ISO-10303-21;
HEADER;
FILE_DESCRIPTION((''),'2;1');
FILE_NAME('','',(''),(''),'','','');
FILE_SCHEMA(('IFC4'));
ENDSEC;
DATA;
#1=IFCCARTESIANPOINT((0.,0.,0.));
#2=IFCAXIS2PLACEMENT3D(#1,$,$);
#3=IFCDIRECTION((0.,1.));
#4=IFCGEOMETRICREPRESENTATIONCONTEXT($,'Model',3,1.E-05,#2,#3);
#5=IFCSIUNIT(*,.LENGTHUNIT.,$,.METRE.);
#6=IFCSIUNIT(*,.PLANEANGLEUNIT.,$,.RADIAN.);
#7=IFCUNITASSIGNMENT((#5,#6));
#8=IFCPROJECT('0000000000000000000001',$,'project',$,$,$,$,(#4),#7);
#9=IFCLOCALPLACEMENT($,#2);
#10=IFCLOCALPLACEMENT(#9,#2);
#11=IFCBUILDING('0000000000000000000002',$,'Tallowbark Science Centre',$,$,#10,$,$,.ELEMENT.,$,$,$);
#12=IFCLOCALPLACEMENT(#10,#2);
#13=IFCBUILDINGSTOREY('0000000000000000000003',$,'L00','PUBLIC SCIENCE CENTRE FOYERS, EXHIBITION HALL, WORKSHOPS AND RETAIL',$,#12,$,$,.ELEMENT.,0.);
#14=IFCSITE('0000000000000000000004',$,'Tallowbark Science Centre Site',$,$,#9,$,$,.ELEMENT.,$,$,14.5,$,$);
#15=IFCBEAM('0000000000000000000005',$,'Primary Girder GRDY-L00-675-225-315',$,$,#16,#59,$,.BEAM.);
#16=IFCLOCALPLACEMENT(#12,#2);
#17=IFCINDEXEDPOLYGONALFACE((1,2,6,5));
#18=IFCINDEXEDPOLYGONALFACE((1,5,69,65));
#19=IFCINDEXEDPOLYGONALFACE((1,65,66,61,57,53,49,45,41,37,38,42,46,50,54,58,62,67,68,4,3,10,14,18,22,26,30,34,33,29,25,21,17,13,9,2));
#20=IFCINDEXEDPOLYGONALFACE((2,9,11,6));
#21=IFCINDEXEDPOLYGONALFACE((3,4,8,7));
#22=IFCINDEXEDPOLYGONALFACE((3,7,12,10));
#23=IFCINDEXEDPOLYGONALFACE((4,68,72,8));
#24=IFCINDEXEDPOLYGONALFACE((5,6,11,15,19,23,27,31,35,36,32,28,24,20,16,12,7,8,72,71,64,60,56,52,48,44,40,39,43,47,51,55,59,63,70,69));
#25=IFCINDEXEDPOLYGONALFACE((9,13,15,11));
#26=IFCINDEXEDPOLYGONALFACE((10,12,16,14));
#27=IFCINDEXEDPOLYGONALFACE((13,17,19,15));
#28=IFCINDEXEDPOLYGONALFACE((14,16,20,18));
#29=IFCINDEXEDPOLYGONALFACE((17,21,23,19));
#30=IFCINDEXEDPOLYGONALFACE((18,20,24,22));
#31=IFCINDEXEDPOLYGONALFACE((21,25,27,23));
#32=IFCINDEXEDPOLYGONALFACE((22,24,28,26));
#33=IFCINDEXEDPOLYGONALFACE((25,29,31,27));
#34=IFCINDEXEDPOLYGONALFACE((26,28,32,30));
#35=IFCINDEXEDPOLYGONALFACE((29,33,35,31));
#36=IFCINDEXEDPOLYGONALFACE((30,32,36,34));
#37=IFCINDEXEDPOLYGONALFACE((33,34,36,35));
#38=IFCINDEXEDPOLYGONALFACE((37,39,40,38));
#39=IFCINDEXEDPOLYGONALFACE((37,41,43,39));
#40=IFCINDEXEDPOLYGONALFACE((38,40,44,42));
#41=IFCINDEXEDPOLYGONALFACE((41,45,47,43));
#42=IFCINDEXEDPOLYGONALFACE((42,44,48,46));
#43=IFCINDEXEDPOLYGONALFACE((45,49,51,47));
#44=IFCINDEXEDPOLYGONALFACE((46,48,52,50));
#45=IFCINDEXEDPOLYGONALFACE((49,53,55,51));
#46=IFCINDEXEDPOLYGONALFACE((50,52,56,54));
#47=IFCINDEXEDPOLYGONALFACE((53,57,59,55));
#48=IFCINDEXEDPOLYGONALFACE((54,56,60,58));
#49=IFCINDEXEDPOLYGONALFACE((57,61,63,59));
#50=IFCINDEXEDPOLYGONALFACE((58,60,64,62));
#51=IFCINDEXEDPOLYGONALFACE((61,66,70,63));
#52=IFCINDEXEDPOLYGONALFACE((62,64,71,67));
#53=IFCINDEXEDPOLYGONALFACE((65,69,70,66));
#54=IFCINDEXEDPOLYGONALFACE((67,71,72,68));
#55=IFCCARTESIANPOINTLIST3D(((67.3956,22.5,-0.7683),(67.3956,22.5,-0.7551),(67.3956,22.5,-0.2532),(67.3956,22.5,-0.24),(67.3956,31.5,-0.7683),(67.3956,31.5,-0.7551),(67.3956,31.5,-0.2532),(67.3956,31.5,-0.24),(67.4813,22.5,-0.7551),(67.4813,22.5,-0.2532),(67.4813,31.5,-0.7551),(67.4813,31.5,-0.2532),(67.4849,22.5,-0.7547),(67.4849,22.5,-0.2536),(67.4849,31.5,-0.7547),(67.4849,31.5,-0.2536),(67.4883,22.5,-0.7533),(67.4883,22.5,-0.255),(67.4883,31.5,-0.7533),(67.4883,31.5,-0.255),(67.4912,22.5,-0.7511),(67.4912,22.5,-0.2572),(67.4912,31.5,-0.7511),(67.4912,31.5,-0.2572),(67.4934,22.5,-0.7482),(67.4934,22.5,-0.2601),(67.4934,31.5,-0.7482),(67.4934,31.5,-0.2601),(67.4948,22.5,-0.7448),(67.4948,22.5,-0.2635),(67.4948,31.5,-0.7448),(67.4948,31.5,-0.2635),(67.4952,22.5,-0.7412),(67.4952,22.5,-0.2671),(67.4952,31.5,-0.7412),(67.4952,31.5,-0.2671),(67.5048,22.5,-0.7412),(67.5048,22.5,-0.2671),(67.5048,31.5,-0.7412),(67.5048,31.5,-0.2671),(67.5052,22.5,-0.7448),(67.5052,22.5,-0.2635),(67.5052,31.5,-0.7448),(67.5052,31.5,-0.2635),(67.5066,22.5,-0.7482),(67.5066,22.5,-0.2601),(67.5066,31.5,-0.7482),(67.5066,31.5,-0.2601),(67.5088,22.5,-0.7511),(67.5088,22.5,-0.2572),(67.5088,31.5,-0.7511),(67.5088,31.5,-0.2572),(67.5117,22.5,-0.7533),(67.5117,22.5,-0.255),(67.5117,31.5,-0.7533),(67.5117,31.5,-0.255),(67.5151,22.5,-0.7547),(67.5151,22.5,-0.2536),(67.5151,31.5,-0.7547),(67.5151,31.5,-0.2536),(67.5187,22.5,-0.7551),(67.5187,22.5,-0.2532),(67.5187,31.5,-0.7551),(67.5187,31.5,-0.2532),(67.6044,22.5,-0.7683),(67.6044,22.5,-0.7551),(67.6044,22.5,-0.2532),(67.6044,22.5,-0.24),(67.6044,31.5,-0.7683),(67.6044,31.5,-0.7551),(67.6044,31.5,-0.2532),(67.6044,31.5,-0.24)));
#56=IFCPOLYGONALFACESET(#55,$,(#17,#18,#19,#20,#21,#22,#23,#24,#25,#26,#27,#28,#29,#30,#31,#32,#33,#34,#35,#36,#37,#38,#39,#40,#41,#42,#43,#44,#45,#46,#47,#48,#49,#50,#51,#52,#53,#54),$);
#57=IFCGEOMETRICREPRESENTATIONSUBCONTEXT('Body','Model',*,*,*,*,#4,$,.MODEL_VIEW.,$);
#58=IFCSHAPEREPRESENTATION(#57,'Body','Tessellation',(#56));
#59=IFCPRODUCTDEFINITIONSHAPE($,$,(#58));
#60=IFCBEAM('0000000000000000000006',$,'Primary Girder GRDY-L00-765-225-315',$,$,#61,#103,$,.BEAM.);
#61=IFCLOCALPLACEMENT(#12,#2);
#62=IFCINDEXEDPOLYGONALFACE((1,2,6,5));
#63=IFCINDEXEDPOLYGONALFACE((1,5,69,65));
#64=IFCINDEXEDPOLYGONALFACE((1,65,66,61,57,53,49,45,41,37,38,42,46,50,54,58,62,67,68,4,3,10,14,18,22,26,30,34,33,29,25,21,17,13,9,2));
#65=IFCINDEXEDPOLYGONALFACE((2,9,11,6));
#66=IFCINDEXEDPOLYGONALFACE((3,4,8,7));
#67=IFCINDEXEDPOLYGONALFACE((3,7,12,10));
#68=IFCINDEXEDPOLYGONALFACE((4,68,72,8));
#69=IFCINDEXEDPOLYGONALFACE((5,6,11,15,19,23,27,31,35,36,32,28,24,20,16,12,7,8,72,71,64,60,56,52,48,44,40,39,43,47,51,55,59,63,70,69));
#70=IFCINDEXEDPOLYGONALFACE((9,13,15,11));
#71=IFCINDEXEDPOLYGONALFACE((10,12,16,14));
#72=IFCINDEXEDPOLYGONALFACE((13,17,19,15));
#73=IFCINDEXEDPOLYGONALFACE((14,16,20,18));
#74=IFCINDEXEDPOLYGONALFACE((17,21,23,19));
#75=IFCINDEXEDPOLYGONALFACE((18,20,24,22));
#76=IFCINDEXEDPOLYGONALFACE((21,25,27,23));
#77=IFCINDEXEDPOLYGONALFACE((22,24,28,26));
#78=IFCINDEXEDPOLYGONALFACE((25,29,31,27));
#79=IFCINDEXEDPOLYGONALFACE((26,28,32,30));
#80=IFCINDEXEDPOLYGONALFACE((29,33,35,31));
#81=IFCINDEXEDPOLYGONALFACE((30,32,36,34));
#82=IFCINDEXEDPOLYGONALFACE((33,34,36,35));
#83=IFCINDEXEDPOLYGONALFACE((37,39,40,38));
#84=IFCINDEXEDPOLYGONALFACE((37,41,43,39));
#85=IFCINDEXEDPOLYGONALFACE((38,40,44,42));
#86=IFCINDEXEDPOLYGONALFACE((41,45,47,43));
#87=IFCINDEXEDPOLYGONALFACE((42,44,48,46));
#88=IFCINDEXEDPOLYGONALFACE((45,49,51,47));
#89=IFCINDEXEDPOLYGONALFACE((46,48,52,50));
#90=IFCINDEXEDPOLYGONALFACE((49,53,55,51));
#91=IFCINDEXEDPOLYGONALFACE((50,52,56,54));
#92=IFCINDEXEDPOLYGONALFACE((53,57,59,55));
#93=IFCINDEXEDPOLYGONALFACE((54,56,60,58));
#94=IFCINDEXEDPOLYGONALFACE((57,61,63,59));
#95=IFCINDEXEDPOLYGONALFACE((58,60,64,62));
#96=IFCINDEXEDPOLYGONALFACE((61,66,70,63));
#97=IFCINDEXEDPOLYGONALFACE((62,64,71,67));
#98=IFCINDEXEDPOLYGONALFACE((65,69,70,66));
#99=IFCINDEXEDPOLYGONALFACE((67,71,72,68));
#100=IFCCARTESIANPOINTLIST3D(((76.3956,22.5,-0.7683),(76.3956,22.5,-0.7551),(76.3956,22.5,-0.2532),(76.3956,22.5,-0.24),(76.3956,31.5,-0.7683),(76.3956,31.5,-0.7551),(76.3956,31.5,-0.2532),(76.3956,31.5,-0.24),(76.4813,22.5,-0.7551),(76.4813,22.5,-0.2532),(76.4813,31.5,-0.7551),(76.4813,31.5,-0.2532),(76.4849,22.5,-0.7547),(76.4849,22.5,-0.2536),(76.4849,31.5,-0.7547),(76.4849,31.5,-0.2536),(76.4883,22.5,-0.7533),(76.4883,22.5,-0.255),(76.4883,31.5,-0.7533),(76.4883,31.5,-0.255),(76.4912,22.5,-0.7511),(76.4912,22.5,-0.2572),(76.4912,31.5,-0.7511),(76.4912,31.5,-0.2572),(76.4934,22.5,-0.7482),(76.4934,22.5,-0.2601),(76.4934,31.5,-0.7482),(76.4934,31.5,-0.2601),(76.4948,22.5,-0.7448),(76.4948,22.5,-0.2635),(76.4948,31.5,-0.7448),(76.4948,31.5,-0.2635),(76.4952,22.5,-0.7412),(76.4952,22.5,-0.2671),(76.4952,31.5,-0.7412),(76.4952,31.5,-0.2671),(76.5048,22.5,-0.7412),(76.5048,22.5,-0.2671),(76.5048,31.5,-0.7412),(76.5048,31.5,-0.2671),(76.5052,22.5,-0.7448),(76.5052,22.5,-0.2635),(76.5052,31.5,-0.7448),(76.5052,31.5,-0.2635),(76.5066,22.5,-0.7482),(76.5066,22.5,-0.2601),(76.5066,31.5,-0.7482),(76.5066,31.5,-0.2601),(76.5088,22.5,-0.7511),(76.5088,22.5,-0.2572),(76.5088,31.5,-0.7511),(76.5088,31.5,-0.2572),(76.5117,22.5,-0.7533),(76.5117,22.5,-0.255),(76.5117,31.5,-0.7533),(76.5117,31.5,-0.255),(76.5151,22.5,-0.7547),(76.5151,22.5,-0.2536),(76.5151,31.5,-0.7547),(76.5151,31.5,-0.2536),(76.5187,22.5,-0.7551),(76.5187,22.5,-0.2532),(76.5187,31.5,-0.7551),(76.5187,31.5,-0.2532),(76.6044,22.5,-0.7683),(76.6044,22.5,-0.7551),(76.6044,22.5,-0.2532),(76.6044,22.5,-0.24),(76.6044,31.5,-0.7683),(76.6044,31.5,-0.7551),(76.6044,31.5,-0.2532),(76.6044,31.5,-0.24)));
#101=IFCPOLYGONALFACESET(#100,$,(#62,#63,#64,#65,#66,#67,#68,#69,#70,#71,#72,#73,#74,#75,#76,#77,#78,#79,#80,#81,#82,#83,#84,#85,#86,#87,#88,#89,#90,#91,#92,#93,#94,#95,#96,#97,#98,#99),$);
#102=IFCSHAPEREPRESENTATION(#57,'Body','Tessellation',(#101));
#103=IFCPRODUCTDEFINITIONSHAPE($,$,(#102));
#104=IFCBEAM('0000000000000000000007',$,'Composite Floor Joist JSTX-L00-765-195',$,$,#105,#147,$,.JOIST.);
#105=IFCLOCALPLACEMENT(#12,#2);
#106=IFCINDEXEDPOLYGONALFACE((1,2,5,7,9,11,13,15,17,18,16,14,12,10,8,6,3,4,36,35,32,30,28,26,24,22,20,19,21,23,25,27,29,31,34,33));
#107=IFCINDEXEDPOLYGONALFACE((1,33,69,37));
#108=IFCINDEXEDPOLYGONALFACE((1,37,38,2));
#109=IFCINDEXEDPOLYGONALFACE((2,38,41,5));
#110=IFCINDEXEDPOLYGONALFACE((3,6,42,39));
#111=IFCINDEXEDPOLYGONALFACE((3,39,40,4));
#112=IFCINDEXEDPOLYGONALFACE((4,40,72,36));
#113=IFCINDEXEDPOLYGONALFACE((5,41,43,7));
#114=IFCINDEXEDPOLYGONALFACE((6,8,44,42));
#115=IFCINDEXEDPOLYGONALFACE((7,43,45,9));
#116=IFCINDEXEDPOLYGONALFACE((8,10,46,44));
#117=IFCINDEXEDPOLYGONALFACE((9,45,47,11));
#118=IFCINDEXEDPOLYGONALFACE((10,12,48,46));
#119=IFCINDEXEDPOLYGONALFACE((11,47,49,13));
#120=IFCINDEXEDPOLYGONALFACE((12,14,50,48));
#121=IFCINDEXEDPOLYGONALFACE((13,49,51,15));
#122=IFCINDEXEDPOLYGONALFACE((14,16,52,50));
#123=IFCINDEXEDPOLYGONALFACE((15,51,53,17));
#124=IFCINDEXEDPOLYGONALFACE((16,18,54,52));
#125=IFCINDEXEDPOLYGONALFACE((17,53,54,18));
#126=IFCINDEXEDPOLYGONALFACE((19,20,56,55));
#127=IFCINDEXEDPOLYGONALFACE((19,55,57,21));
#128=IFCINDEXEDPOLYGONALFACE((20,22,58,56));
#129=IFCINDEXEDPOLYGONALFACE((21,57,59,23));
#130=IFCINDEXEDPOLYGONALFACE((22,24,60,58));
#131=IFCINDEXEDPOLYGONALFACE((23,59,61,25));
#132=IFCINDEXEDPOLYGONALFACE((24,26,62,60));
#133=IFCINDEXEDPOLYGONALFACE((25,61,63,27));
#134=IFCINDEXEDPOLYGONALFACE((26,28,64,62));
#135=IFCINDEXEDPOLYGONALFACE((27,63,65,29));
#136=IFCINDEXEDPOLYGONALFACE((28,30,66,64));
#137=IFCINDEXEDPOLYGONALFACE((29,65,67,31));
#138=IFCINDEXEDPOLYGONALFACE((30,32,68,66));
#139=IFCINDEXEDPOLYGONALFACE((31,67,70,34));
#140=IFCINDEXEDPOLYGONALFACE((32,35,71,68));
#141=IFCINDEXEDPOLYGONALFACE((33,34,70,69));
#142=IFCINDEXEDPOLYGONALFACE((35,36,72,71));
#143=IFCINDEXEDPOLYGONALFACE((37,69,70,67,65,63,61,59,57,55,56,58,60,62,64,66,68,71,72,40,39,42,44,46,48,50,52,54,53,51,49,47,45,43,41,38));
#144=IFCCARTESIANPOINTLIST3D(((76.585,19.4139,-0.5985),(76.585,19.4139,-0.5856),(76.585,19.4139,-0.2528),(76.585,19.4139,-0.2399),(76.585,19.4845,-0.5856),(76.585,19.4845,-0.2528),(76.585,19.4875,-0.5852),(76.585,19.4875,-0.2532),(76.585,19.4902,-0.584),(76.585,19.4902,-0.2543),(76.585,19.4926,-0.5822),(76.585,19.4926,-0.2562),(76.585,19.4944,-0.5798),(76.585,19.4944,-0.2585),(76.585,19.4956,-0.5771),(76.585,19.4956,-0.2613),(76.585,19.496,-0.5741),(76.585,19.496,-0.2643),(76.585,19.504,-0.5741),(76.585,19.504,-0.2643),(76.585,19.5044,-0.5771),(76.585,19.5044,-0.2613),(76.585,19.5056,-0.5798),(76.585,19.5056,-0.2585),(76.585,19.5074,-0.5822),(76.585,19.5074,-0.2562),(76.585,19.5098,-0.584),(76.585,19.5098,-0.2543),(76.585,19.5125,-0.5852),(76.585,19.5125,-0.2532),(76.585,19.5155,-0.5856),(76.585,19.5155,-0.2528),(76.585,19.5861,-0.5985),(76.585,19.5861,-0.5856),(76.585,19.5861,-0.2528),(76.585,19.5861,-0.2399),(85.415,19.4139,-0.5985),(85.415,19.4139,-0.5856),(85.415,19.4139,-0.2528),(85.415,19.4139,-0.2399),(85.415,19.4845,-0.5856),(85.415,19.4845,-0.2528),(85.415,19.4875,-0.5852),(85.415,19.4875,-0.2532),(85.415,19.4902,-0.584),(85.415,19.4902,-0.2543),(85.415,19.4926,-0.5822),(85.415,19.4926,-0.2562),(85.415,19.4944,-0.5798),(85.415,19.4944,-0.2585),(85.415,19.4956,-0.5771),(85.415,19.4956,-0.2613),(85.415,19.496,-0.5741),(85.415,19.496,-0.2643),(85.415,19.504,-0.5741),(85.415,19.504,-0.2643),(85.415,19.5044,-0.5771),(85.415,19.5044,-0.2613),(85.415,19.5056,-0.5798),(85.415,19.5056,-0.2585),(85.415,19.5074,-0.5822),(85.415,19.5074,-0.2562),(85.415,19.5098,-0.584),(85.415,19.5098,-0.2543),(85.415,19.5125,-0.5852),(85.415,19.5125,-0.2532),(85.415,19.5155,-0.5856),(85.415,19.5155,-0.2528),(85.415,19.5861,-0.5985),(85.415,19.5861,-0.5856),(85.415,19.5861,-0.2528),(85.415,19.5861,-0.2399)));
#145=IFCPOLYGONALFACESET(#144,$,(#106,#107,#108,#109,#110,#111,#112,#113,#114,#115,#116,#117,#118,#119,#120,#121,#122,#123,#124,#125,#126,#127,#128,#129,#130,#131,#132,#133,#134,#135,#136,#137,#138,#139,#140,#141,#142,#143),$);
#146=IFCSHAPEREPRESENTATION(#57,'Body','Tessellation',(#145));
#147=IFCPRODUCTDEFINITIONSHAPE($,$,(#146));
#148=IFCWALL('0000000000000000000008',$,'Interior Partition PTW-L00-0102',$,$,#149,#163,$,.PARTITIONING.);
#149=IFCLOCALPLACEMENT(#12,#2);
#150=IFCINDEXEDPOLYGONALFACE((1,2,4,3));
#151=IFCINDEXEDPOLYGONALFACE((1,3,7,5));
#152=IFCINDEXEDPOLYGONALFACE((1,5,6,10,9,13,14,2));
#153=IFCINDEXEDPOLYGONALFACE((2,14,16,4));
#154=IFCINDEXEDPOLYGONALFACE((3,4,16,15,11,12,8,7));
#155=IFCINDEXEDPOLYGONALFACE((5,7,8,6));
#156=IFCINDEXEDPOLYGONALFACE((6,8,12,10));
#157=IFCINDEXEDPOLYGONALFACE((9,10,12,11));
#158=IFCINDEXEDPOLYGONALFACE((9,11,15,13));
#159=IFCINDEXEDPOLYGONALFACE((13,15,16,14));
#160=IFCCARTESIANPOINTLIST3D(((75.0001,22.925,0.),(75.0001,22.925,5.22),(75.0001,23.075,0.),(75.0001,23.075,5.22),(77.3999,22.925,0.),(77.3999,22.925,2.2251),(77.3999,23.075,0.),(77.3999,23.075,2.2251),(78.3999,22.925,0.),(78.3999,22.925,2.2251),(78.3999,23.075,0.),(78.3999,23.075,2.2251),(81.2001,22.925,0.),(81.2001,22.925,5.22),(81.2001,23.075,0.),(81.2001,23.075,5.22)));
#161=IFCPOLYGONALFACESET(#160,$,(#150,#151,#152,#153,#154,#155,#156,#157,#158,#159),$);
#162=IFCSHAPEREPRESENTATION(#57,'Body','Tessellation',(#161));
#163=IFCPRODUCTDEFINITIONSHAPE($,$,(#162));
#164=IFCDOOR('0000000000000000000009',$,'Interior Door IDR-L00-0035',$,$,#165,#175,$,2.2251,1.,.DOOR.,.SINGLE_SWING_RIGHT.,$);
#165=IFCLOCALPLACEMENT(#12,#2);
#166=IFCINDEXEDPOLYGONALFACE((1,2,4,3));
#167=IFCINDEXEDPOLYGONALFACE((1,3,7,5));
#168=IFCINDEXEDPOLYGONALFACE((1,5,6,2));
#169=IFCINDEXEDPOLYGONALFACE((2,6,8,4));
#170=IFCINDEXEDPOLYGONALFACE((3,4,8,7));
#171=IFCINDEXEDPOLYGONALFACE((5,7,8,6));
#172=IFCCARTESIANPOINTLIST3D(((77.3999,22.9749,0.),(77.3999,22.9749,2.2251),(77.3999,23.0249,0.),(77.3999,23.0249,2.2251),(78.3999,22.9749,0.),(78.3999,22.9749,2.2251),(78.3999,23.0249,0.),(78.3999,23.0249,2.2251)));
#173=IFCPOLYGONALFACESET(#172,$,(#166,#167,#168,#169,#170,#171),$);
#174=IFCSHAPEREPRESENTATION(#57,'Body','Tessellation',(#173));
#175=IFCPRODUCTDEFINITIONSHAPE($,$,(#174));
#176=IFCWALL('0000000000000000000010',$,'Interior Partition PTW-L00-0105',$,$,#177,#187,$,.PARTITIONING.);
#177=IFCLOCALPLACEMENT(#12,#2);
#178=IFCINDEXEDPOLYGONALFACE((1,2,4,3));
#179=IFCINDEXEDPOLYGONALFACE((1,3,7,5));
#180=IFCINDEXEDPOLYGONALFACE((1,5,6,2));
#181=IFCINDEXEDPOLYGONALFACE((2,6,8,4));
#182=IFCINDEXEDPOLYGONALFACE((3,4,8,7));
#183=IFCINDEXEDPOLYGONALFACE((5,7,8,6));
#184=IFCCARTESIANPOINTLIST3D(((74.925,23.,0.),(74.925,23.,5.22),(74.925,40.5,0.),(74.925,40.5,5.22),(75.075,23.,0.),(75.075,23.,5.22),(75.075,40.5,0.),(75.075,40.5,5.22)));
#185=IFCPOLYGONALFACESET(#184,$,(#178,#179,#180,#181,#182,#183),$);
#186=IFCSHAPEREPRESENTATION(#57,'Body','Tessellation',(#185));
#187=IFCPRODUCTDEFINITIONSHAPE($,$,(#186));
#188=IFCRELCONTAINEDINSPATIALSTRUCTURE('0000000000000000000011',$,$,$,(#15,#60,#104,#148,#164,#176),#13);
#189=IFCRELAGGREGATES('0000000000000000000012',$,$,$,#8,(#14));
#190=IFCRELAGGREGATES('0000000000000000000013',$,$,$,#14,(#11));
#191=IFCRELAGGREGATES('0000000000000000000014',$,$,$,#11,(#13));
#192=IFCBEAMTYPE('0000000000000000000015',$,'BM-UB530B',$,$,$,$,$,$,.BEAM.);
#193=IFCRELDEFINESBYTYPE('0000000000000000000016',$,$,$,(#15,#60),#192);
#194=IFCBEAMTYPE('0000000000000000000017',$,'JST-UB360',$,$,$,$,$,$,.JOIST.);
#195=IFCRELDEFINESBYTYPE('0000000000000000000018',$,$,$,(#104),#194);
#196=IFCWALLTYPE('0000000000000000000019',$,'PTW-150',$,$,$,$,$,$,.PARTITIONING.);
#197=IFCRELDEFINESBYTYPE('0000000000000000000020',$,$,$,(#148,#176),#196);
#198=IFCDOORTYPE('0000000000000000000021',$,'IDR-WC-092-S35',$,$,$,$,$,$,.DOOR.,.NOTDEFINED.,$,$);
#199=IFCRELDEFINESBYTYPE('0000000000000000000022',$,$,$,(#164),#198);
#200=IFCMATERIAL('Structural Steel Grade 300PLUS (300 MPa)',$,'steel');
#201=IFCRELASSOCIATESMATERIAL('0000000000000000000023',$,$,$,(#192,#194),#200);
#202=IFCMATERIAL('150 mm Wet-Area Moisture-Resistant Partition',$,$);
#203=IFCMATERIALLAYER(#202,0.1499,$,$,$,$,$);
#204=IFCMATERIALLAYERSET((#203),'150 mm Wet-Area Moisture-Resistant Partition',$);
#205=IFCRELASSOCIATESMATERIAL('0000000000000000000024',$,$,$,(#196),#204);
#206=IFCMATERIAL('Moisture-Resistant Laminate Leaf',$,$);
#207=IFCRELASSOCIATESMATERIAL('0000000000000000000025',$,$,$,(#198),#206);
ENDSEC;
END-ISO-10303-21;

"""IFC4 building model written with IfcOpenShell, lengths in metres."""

from ifc_helpers import new_model, si_unit, direction, frame, frame_2d, origin, origin_2d, place, context, subcontext, project, spatial, rectangle, i_section, extrude, material, layer, layer_set, material_profile, profile_set, type_object, element, fill, save


model = new_model("IFC4")

# Units and contexts
model_context = context("Model", 3, precision=1e-05, world=origin(), true_north=direction((0.0, 1.0)))
body_context = subcontext(model_context, "Body", "Model", "MODEL_VIEW")
ifc_project = project(units=[si_unit("LENGTHUNIT", "METRE"), si_unit("PLANEANGLEUNIT", "RADIAN")], contexts=[model_context])

# Site, building, storey
site_placement = place(None, origin())
site = spatial("IfcSite", under=ifc_project, at=site_placement, Name="Tallowbark Science Centre Site", CompositionType="ELEMENT", RefElevation=14.5)
building_placement = place(site_placement, origin())
building = spatial("IfcBuilding", under=site, at=building_placement, Name="Tallowbark Science Centre", CompositionType="ELEMENT")
storey_placement = place(building_placement, origin())
storey = spatial("IfcBuildingStorey", under=building, at=storey_placement, Name="L00", Description="PUBLIC SCIENCE CENTRE FOYERS, EXHIBITION HALL, WORKSHOPS AND RETAIL", CompositionType="ELEMENT", Elevation=0.0)

# Shared definitions
ifc_material_1 = material(Name="Structural Steel Grade 300PLUS (300 MPa)", Category="steel")

# Beams
ifc_material_profile_1 = material_profile(ifc_material_1, i_section(OverallWidth=0.2087, OverallDepth=0.5283, WebThickness=0.0095, FlangeThickness=0.0132, FilletRadius=0.0139, at=origin_2d()), Name="530UB82.0")
ifc_profile_set_1 = profile_set([ifc_material_profile_1], Name="Structural Steel Grade 300PLUS (300 MPa)")
beam_type_1 = type_object("IfcBeamType", Name="BM-UB530B", PredefinedType="BEAM", material=ifc_profile_set_1)
for number, where, z_axis, x_axis, name in (
    (1, (67.5, 22.5, -0.5042), (0.0, 1.0, 0.0), (-1.0, 0.0, 0.0), "Primary Girder GRDY-L00-675-225-315"),
    (2, (76.5, 22.5, -0.5042), (0.0, 1.0, 0.0), (-1.0, 0.0, 0.0), "Primary Girder GRDY-L00-765-225-315"),
):
    element("IfcBeam", number, at=place(storey_placement, frame(where, z_axis=z_axis, x_axis=x_axis)), inside=storey, type_object=beam_type_1, Name=name, PredefinedType="BEAM", context=body_context, shape_type="SweptSolid", body=[
        extrude(i_section(OverallWidth=0.2087, OverallDepth=0.5283, WebThickness=0.0095, FlangeThickness=0.0132, FilletRadius=0.0139, at=origin_2d()), origin(), (0.0, 0.0, 1.0), 9.0),
    ])
ifc_material_profile_2 = material_profile(ifc_material_1, i_section(OverallWidth=0.1721, OverallDepth=0.3586, WebThickness=0.0081, FlangeThickness=0.0129, FilletRadius=0.0115, at=origin_2d()), Name="360UB56.7")
ifc_profile_set_2 = profile_set([ifc_material_profile_2], Name="Structural Steel Grade 300PLUS (300 MPa)")
beam_type_2 = type_object("IfcBeamType", Name="JST-UB360", PredefinedType="JOIST", material=ifc_profile_set_2)
beam_placement = place(storey_placement, frame((76.585, 19.5, -0.4192), z_axis=(1.0, 0.0, 0.0), x_axis=(0.0, 1.0, 0.0)))
element("IfcBeam", 3, at=beam_placement, inside=storey, type_object=beam_type_2, Name="Composite Floor Joist JSTX-L00-765-195", PredefinedType="JOIST", context=body_context, shape_type="SweptSolid", body=[
    extrude(i_section(OverallWidth=0.1721, OverallDepth=0.3586, WebThickness=0.0081, FlangeThickness=0.0129, FilletRadius=0.0115, at=origin_2d()), origin(), (0.0, 0.0, 1.0), 8.8301),
])

# Wall, opening, door
ifc_material_2 = material(Name="150 mm Wet-Area Moisture-Resistant Partition")
ifc_layer_1 = layer(ifc_material_2, 0.1499)
ifc_layer_set_1 = layer_set([ifc_layer_1], Name="150 mm Wet-Area Moisture-Resistant Partition")
wall_type = type_object("IfcWallType", Name="PTW-150", PredefinedType="PARTITIONING", material=ifc_layer_set_1)
wall_1_placement = place(storey_placement, frame((75.0, 23.0, 0.0), z_axis=(0.0, 0.0, 1.0), x_axis=(1.0, 0.0, 0.0)))
wall_1 = element("IfcWall", 4, at=wall_1_placement, inside=storey, type_object=wall_type, Name="Interior Partition PTW-L00-0102", PredefinedType="PARTITIONING", context=body_context, shape_type="SweptSolid", body=[
    extrude(rectangle(XDim=6.2, YDim=0.1499, at=frame_2d((3.1001, 0.0))), origin(), (0.0, 0.0, 1.0), 5.22),
])
opening_placement = place(wall_1_placement, frame((2.3999, 0.0, 0.0)))
opening = element("IfcOpeningElement", 5, at=opening_placement, cuts=wall_1, PredefinedType="OPENING", context=body_context, shape_type="SweptSolid", body=[
    extrude(rectangle(XDim=1.0, YDim=2.2251, at=frame_2d((0.5, 1.1125))), frame((0.0, 0.085, 0.0), z_axis=(0.0, -1.0, 0.0), x_axis=(1.0, 0.0, 0.0)), (0.0, 0.0, 1.0), 0.1699),
])
ifc_material_3 = material(Name="Moisture-Resistant Laminate Leaf")
door_type = type_object("IfcDoorType", Name="IDR-WC-092-S35", OperationType="NOTDEFINED", PredefinedType="DOOR", material=ifc_material_3)
door_placement = place(opening_placement, origin())
door = element("IfcDoor", 6, at=door_placement, inside=storey, type_object=door_type, Name="Interior Door IDR-L00-0035", OperationType="SINGLE_SWING_RIGHT", OverallHeight=2.2251, OverallWidth=1.0, PredefinedType="DOOR", context=body_context, shape_type="SweptSolid", body=[
    extrude(rectangle(XDim=1.0, YDim=2.2251, at=frame_2d((0.5, 1.1125))), frame((0.0, 0.0249, 0.0), z_axis=(0.0, -1.0, 0.0), x_axis=(1.0, 0.0, 0.0)), (0.0, 0.0, 1.0), 0.05),
])
fill(opening, door)

# Wall
wall_2_placement = place(storey_placement, frame((75.0, 23.0, 0.0), z_axis=(0.0, 0.0, 1.0), x_axis=(0.0, 1.0, 0.0)))
element("IfcWall", 7, at=wall_2_placement, inside=storey, type_object=wall_type, Name="Interior Partition PTW-L00-0105", PredefinedType="PARTITIONING", context=body_context, shape_type="SweptSolid", body=[
    extrude(rectangle(XDim=17.5, YDim=0.1499, at=frame_2d((8.75, 0.0))), origin(), (0.0, 0.0, 1.0), 5.22),
])

save(model, "model.ifc")
